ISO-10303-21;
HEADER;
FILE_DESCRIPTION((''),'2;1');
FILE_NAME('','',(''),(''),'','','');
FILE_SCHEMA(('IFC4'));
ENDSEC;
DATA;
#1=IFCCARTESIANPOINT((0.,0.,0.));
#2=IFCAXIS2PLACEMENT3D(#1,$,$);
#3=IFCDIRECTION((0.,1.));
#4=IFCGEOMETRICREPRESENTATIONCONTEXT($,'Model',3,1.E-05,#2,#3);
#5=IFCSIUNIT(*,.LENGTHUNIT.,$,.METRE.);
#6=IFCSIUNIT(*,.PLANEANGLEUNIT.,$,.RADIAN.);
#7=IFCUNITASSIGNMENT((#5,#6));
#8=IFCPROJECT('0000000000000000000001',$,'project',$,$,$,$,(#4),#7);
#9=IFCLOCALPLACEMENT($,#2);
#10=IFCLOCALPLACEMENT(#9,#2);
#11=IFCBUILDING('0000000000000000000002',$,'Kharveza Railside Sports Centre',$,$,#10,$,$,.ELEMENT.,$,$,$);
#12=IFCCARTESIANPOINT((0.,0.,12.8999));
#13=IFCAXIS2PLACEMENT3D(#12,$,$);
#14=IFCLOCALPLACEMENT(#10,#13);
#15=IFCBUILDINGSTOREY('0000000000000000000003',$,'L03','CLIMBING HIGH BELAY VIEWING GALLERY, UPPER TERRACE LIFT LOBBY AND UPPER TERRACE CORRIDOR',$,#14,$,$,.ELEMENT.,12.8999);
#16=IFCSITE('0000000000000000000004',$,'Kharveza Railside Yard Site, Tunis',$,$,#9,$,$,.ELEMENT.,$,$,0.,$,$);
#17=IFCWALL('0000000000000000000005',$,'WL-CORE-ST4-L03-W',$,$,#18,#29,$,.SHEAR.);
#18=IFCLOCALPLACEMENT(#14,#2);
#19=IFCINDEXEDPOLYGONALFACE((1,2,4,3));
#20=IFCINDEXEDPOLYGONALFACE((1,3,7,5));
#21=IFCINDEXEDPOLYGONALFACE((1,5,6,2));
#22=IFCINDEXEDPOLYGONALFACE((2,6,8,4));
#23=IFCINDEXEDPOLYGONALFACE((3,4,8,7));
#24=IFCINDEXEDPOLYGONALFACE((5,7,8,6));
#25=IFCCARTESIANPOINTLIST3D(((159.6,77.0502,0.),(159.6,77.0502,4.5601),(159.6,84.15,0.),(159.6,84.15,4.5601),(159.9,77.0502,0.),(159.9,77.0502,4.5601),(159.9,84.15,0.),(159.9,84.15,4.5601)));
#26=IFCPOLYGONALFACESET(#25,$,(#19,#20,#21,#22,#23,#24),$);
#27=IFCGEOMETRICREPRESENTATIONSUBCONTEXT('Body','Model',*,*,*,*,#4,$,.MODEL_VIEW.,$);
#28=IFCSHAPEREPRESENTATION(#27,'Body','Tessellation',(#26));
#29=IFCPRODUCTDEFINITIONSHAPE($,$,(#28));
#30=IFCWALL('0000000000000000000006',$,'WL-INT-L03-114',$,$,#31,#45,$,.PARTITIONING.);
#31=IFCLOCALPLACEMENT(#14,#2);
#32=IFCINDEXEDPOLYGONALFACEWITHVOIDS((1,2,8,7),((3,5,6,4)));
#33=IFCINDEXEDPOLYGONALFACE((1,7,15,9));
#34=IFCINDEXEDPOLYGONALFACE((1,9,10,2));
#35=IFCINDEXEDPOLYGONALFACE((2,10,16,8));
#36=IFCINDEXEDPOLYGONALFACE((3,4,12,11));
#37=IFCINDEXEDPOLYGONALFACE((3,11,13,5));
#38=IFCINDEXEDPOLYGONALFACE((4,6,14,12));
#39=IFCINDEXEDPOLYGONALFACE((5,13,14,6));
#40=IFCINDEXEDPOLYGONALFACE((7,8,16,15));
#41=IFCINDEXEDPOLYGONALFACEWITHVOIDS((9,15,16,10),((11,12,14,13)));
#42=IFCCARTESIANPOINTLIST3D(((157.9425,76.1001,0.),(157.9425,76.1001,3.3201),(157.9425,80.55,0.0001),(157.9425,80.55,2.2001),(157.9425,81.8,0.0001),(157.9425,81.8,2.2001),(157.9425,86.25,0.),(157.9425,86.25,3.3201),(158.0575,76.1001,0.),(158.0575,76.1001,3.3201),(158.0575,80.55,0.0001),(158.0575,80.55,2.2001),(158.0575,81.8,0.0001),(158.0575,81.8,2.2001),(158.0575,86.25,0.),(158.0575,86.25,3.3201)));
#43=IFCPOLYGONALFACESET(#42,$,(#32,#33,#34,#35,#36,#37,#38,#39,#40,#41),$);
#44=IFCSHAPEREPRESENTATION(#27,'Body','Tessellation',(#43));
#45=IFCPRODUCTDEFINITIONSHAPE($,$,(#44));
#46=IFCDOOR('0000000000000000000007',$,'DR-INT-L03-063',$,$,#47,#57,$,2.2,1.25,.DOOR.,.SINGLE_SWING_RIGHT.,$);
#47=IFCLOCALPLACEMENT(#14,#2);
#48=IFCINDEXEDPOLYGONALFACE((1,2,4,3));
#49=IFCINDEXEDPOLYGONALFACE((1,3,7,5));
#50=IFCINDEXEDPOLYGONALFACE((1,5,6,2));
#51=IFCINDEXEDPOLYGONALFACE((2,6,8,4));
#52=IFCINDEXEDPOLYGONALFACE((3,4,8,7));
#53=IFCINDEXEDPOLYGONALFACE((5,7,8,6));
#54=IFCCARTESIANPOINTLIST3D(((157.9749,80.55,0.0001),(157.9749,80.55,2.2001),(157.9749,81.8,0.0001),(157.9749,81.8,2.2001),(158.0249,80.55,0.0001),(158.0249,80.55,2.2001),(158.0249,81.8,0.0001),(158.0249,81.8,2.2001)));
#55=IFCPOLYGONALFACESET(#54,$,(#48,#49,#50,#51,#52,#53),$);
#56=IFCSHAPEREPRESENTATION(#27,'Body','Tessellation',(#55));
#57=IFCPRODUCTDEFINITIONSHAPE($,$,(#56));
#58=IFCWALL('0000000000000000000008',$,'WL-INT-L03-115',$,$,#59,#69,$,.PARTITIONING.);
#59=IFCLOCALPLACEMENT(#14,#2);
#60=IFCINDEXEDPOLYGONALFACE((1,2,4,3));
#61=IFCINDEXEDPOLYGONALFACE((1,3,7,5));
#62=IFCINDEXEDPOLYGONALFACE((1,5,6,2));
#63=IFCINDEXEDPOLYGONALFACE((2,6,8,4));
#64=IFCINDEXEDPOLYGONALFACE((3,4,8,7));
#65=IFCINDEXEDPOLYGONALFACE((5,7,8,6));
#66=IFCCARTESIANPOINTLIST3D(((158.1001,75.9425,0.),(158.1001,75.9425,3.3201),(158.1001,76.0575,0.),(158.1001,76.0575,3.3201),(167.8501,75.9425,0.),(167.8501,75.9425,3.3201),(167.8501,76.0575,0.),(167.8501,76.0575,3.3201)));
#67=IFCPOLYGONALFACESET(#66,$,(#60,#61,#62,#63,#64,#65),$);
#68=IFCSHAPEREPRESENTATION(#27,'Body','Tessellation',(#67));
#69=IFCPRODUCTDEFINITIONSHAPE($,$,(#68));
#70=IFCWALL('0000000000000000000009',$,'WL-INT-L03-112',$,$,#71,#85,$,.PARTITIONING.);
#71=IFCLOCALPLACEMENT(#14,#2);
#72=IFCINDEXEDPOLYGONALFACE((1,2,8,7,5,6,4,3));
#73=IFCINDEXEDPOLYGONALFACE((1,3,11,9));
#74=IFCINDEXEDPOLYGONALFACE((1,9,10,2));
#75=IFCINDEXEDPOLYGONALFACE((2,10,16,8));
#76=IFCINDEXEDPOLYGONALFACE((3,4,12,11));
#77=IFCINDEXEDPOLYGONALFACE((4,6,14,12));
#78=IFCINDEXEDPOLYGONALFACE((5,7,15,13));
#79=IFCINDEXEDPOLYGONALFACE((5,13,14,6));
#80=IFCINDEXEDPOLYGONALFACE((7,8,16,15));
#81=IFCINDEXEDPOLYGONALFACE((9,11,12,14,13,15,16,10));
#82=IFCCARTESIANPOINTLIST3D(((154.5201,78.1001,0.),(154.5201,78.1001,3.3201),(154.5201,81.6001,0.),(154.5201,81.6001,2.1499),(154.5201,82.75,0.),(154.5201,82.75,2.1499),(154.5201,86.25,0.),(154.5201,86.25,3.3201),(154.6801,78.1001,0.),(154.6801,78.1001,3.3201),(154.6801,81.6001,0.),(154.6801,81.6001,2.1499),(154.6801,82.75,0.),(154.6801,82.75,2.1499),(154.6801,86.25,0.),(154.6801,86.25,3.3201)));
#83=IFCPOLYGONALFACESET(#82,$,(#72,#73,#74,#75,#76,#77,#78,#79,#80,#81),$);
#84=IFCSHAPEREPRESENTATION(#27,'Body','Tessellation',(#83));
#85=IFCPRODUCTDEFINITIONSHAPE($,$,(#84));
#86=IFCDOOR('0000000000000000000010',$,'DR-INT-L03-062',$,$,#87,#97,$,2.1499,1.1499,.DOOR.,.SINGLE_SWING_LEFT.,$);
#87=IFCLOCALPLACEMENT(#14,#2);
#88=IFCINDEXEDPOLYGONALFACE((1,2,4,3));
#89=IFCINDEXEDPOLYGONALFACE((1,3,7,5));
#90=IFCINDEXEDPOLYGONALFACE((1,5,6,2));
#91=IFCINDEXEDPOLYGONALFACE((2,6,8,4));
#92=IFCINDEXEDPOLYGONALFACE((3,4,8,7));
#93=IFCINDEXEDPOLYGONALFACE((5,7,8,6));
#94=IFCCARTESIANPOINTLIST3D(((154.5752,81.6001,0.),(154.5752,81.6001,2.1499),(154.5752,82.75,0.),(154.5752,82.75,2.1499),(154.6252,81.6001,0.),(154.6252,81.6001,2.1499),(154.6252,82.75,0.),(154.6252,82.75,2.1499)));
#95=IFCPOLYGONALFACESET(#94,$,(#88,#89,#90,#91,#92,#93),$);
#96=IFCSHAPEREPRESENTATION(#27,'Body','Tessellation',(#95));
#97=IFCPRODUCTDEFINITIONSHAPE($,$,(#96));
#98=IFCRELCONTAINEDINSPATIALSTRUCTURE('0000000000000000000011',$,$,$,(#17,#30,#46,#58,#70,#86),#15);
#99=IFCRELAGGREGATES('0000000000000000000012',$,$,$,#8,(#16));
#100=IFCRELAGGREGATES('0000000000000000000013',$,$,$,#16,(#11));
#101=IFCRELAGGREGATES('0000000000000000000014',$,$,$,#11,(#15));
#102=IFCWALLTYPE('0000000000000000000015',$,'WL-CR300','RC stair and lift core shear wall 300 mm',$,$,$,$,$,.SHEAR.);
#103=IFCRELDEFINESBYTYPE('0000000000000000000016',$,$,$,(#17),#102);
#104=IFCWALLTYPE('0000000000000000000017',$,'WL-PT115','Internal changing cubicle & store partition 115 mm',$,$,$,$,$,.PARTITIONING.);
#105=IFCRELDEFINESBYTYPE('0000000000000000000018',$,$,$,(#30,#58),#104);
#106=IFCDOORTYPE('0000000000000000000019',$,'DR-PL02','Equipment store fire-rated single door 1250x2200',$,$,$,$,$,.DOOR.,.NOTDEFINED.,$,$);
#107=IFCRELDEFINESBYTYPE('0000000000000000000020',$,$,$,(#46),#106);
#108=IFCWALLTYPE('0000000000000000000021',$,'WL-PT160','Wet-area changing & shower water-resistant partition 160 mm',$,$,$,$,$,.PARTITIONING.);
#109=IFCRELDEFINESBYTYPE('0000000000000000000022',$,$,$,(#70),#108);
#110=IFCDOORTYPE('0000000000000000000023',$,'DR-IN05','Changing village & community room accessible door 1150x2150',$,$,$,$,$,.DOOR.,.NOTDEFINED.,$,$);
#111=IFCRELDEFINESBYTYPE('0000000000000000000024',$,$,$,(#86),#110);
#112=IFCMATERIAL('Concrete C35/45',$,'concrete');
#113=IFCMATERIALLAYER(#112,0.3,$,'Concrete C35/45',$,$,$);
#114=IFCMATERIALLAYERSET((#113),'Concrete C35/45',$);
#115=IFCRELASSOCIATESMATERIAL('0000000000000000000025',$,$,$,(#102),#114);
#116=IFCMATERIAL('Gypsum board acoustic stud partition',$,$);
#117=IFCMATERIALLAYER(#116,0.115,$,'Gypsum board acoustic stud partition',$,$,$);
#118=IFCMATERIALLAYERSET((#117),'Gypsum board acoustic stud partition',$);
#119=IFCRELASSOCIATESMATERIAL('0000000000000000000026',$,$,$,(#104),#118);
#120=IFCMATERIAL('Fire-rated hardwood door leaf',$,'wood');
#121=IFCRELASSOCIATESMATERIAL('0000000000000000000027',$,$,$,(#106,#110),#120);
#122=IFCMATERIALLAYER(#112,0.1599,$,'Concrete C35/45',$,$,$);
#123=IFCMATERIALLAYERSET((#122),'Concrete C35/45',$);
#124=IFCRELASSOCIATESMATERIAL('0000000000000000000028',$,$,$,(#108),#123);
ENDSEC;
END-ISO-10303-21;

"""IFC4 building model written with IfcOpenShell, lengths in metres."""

from ifc_helpers import new_model, si_unit, direction, frame, frame_2d, origin, place, context, subcontext, project, spatial, rectangle, extrude, material, layer, layer_set, type_object, element, fill, save


model = new_model("IFC4")

# Units and contexts
model_context = context("Model", 3, precision=1e-05, world=origin(), true_north=direction((0.0, 1.0)))
body_context = subcontext(model_context, "Body", "Model", "MODEL_VIEW")
ifc_project = project(units=[si_unit("LENGTHUNIT", "METRE"), si_unit("PLANEANGLEUNIT", "RADIAN")], contexts=[model_context])

# Site, building, storey
site_placement = place(None, origin())
site = spatial("IfcSite", under=ifc_project, at=site_placement, Name="Kharveza Railside Yard Site, Tunis", CompositionType="ELEMENT", RefElevation=0.0)
building_placement = place(site_placement, origin())
building = spatial("IfcBuilding", under=site, at=building_placement, Name="Kharveza Railside Sports Centre", CompositionType="ELEMENT")
storey_placement = place(building_placement, frame((0.0, 0.0, 12.8999)))
storey = spatial("IfcBuildingStorey", under=building, at=storey_placement, Name="L03", Description="CLIMBING HIGH BELAY VIEWING GALLERY, UPPER TERRACE LIFT LOBBY AND UPPER TERRACE CORRIDOR", CompositionType="ELEMENT", Elevation=12.8999)

# Shared definitions
ifc_material_1 = material(Name="Concrete C35/45", Category="concrete")
ifc_layer_1 = layer(ifc_material_1, 0.3, Name="Concrete C35/45")
ifc_layer_set_1 = layer_set([ifc_layer_1], Name="Concrete C35/45")
wall_type_1 = type_object("IfcWallType", Name="WL-CR300", Description="RC stair and lift core shear wall 300 mm", PredefinedType="SHEAR", material=ifc_layer_set_1)
ifc_material_2 = material(Name="Fire-rated hardwood door leaf", Category="wood")

# Wall
for number, where, z_axis, x_axis, name in (
    (1, (159.75, 84.1499, 0.0), (0.0, 0.0, 1.0), (0.0, -1.0, 0.0), "WL-CORE-ST4-L03-W"),
):
    element("IfcWall", number, at=place(storey_placement, frame(where, z_axis=z_axis, x_axis=x_axis)), inside=storey, type_object=wall_type_1, Name=name, PredefinedType="SHEAR", context=body_context, shape_type="SweptSolid", body=[
        extrude(rectangle(XDim=7.0999, YDim=0.3, at=frame_2d((3.5498, 0.0))), origin(), (0.0, 0.0, 1.0), 4.5601),
    ])

# Wall, opening, door
ifc_material_3 = material(Name="Gypsum board acoustic stud partition")
ifc_layer_2 = layer(ifc_material_3, 0.115, Name="Gypsum board acoustic stud partition")
ifc_layer_set_2 = layer_set([ifc_layer_2], Name="Gypsum board acoustic stud partition")
wall_type_2 = type_object("IfcWallType", Name="WL-PT115", Description="Internal changing cubicle & store partition 115 mm", PredefinedType="PARTITIONING", material=ifc_layer_set_2)
wall_1_placement = place(storey_placement, frame((158.0, 76.1001, 0.0), z_axis=(0.0, 0.0, 1.0), x_axis=(0.0, 1.0, 0.0)))
wall_1 = element("IfcWall", 2, at=wall_1_placement, inside=storey, type_object=wall_type_2, Name="WL-INT-L03-114", PredefinedType="PARTITIONING", context=body_context, shape_type="SweptSolid", body=[
    extrude(rectangle(XDim=10.1499, YDim=0.115, at=frame_2d((5.075, 0.0))), origin(), (0.0, 0.0, 1.0), 3.3201),
])
opening_1_placement = place(wall_1_placement, frame((4.45, 0.0, 0.0)))
opening_1 = element("IfcOpeningElement", 3, at=opening_1_placement, cuts=wall_1, PredefinedType="OPENING", context=body_context, shape_type="SweptSolid", body=[
    extrude(rectangle(XDim=1.25, YDim=2.2, at=frame_2d((0.625, 1.1001))), frame((0.0, 0.0825, 0.0), z_axis=(0.0, -1.0, 0.0), x_axis=(1.0, 0.0, 0.0)), (0.0, 0.0, 1.0), 0.1648),
])
door_type_1 = type_object("IfcDoorType", Name="DR-PL02", Description="Equipment store fire-rated single door 1250x2200", OperationType="NOTDEFINED", PredefinedType="DOOR", material=ifc_material_2)
door_1_placement = place(opening_1_placement, frame((1.25, 0.0, 0.0), z_axis=(0.0, 0.0, 1.0), x_axis=(-1.0, 0.0, 0.0)))
door_1 = element("IfcDoor", 4, at=door_1_placement, inside=storey, type_object=door_type_1, Name="DR-INT-L03-063", OperationType="SINGLE_SWING_RIGHT", OverallHeight=2.2, OverallWidth=1.25, PredefinedType="DOOR", context=body_context, shape_type="SweptSolid", body=[
    extrude(rectangle(XDim=1.25, YDim=2.2, at=frame_2d((0.625, 1.1001))), frame((0.0, 0.0249, 0.0), z_axis=(0.0, -1.0, 0.0), x_axis=(1.0, 0.0, 0.0)), (0.0, 0.0, 1.0), 0.05),
])
fill(opening_1, door_1)

# Wall
wall_2_placement = place(storey_placement, frame((158.1001, 76.0, 0.0), z_axis=(0.0, 0.0, 1.0), x_axis=(1.0, 0.0, 0.0)))
element("IfcWall", 5, at=wall_2_placement, inside=storey, type_object=wall_type_2, Name="WL-INT-L03-115", PredefinedType="PARTITIONING", context=body_context, shape_type="SweptSolid", body=[
    extrude(rectangle(XDim=9.75, YDim=0.115, at=frame_2d((4.875, 0.0))), origin(), (0.0, 0.0, 1.0), 3.3201),
])

# Wall, opening, door
ifc_layer_3 = layer(ifc_material_1, 0.1599, Name="Concrete C35/45")
ifc_layer_set_3 = layer_set([ifc_layer_3], Name="Concrete C35/45")
wall_type_3 = type_object("IfcWallType", Name="WL-PT160", Description="Wet-area changing & shower water-resistant partition 160 mm", PredefinedType="PARTITIONING", material=ifc_layer_set_3)
wall_3_placement = place(storey_placement, frame((154.6001, 78.1001, 0.0), z_axis=(0.0, 0.0, 1.0), x_axis=(0.0, 1.0, 0.0)))
wall_3 = element("IfcWall", 6, at=wall_3_placement, inside=storey, type_object=wall_type_3, Name="WL-INT-L03-112", PredefinedType="PARTITIONING", context=body_context, shape_type="SweptSolid", body=[
    extrude(rectangle(XDim=8.1499, YDim=0.1599, at=frame_2d((4.075, 0.0))), origin(), (0.0, 0.0, 1.0), 3.3201),
])
opening_2_placement = place(wall_3_placement, frame((3.5, 0.0, 0.0)))
opening_2 = element("IfcOpeningElement", 7, at=opening_2_placement, cuts=wall_3, PredefinedType="OPENING", context=body_context, shape_type="SweptSolid", body=[
    extrude(rectangle(XDim=1.1499, YDim=2.1499, at=frame_2d((0.575, 1.075))), frame((0.0, 0.105, 0.0), z_axis=(0.0, -1.0, 0.0), x_axis=(1.0, 0.0, 0.0)), (0.0, 0.0, 1.0), 0.2097),
])
door_type_2 = type_object("IfcDoorType", Name="DR-IN05", Description="Changing village & community room accessible door 1150x2150", OperationType="NOTDEFINED", PredefinedType="DOOR", material=ifc_material_2)
door_2_placement = place(opening_2_placement, origin())
door_2 = element("IfcDoor", 8, at=door_2_placement, inside=storey, type_object=door_type_2, Name="DR-INT-L03-062", OperationType="SINGLE_SWING_LEFT", OverallHeight=2.1499, OverallWidth=1.1499, PredefinedType="DOOR", context=body_context, shape_type="SweptSolid", body=[
    extrude(rectangle(XDim=1.1499, YDim=2.1499, at=frame_2d((0.575, 1.075))), frame((0.0, 0.0249, 0.0), z_axis=(0.0, -1.0, 0.0), x_axis=(1.0, 0.0, 0.0)), (0.0, 0.0, 1.0), 0.05),
])
fill(opening_2, door_2)

save(model, "model.ifc")
